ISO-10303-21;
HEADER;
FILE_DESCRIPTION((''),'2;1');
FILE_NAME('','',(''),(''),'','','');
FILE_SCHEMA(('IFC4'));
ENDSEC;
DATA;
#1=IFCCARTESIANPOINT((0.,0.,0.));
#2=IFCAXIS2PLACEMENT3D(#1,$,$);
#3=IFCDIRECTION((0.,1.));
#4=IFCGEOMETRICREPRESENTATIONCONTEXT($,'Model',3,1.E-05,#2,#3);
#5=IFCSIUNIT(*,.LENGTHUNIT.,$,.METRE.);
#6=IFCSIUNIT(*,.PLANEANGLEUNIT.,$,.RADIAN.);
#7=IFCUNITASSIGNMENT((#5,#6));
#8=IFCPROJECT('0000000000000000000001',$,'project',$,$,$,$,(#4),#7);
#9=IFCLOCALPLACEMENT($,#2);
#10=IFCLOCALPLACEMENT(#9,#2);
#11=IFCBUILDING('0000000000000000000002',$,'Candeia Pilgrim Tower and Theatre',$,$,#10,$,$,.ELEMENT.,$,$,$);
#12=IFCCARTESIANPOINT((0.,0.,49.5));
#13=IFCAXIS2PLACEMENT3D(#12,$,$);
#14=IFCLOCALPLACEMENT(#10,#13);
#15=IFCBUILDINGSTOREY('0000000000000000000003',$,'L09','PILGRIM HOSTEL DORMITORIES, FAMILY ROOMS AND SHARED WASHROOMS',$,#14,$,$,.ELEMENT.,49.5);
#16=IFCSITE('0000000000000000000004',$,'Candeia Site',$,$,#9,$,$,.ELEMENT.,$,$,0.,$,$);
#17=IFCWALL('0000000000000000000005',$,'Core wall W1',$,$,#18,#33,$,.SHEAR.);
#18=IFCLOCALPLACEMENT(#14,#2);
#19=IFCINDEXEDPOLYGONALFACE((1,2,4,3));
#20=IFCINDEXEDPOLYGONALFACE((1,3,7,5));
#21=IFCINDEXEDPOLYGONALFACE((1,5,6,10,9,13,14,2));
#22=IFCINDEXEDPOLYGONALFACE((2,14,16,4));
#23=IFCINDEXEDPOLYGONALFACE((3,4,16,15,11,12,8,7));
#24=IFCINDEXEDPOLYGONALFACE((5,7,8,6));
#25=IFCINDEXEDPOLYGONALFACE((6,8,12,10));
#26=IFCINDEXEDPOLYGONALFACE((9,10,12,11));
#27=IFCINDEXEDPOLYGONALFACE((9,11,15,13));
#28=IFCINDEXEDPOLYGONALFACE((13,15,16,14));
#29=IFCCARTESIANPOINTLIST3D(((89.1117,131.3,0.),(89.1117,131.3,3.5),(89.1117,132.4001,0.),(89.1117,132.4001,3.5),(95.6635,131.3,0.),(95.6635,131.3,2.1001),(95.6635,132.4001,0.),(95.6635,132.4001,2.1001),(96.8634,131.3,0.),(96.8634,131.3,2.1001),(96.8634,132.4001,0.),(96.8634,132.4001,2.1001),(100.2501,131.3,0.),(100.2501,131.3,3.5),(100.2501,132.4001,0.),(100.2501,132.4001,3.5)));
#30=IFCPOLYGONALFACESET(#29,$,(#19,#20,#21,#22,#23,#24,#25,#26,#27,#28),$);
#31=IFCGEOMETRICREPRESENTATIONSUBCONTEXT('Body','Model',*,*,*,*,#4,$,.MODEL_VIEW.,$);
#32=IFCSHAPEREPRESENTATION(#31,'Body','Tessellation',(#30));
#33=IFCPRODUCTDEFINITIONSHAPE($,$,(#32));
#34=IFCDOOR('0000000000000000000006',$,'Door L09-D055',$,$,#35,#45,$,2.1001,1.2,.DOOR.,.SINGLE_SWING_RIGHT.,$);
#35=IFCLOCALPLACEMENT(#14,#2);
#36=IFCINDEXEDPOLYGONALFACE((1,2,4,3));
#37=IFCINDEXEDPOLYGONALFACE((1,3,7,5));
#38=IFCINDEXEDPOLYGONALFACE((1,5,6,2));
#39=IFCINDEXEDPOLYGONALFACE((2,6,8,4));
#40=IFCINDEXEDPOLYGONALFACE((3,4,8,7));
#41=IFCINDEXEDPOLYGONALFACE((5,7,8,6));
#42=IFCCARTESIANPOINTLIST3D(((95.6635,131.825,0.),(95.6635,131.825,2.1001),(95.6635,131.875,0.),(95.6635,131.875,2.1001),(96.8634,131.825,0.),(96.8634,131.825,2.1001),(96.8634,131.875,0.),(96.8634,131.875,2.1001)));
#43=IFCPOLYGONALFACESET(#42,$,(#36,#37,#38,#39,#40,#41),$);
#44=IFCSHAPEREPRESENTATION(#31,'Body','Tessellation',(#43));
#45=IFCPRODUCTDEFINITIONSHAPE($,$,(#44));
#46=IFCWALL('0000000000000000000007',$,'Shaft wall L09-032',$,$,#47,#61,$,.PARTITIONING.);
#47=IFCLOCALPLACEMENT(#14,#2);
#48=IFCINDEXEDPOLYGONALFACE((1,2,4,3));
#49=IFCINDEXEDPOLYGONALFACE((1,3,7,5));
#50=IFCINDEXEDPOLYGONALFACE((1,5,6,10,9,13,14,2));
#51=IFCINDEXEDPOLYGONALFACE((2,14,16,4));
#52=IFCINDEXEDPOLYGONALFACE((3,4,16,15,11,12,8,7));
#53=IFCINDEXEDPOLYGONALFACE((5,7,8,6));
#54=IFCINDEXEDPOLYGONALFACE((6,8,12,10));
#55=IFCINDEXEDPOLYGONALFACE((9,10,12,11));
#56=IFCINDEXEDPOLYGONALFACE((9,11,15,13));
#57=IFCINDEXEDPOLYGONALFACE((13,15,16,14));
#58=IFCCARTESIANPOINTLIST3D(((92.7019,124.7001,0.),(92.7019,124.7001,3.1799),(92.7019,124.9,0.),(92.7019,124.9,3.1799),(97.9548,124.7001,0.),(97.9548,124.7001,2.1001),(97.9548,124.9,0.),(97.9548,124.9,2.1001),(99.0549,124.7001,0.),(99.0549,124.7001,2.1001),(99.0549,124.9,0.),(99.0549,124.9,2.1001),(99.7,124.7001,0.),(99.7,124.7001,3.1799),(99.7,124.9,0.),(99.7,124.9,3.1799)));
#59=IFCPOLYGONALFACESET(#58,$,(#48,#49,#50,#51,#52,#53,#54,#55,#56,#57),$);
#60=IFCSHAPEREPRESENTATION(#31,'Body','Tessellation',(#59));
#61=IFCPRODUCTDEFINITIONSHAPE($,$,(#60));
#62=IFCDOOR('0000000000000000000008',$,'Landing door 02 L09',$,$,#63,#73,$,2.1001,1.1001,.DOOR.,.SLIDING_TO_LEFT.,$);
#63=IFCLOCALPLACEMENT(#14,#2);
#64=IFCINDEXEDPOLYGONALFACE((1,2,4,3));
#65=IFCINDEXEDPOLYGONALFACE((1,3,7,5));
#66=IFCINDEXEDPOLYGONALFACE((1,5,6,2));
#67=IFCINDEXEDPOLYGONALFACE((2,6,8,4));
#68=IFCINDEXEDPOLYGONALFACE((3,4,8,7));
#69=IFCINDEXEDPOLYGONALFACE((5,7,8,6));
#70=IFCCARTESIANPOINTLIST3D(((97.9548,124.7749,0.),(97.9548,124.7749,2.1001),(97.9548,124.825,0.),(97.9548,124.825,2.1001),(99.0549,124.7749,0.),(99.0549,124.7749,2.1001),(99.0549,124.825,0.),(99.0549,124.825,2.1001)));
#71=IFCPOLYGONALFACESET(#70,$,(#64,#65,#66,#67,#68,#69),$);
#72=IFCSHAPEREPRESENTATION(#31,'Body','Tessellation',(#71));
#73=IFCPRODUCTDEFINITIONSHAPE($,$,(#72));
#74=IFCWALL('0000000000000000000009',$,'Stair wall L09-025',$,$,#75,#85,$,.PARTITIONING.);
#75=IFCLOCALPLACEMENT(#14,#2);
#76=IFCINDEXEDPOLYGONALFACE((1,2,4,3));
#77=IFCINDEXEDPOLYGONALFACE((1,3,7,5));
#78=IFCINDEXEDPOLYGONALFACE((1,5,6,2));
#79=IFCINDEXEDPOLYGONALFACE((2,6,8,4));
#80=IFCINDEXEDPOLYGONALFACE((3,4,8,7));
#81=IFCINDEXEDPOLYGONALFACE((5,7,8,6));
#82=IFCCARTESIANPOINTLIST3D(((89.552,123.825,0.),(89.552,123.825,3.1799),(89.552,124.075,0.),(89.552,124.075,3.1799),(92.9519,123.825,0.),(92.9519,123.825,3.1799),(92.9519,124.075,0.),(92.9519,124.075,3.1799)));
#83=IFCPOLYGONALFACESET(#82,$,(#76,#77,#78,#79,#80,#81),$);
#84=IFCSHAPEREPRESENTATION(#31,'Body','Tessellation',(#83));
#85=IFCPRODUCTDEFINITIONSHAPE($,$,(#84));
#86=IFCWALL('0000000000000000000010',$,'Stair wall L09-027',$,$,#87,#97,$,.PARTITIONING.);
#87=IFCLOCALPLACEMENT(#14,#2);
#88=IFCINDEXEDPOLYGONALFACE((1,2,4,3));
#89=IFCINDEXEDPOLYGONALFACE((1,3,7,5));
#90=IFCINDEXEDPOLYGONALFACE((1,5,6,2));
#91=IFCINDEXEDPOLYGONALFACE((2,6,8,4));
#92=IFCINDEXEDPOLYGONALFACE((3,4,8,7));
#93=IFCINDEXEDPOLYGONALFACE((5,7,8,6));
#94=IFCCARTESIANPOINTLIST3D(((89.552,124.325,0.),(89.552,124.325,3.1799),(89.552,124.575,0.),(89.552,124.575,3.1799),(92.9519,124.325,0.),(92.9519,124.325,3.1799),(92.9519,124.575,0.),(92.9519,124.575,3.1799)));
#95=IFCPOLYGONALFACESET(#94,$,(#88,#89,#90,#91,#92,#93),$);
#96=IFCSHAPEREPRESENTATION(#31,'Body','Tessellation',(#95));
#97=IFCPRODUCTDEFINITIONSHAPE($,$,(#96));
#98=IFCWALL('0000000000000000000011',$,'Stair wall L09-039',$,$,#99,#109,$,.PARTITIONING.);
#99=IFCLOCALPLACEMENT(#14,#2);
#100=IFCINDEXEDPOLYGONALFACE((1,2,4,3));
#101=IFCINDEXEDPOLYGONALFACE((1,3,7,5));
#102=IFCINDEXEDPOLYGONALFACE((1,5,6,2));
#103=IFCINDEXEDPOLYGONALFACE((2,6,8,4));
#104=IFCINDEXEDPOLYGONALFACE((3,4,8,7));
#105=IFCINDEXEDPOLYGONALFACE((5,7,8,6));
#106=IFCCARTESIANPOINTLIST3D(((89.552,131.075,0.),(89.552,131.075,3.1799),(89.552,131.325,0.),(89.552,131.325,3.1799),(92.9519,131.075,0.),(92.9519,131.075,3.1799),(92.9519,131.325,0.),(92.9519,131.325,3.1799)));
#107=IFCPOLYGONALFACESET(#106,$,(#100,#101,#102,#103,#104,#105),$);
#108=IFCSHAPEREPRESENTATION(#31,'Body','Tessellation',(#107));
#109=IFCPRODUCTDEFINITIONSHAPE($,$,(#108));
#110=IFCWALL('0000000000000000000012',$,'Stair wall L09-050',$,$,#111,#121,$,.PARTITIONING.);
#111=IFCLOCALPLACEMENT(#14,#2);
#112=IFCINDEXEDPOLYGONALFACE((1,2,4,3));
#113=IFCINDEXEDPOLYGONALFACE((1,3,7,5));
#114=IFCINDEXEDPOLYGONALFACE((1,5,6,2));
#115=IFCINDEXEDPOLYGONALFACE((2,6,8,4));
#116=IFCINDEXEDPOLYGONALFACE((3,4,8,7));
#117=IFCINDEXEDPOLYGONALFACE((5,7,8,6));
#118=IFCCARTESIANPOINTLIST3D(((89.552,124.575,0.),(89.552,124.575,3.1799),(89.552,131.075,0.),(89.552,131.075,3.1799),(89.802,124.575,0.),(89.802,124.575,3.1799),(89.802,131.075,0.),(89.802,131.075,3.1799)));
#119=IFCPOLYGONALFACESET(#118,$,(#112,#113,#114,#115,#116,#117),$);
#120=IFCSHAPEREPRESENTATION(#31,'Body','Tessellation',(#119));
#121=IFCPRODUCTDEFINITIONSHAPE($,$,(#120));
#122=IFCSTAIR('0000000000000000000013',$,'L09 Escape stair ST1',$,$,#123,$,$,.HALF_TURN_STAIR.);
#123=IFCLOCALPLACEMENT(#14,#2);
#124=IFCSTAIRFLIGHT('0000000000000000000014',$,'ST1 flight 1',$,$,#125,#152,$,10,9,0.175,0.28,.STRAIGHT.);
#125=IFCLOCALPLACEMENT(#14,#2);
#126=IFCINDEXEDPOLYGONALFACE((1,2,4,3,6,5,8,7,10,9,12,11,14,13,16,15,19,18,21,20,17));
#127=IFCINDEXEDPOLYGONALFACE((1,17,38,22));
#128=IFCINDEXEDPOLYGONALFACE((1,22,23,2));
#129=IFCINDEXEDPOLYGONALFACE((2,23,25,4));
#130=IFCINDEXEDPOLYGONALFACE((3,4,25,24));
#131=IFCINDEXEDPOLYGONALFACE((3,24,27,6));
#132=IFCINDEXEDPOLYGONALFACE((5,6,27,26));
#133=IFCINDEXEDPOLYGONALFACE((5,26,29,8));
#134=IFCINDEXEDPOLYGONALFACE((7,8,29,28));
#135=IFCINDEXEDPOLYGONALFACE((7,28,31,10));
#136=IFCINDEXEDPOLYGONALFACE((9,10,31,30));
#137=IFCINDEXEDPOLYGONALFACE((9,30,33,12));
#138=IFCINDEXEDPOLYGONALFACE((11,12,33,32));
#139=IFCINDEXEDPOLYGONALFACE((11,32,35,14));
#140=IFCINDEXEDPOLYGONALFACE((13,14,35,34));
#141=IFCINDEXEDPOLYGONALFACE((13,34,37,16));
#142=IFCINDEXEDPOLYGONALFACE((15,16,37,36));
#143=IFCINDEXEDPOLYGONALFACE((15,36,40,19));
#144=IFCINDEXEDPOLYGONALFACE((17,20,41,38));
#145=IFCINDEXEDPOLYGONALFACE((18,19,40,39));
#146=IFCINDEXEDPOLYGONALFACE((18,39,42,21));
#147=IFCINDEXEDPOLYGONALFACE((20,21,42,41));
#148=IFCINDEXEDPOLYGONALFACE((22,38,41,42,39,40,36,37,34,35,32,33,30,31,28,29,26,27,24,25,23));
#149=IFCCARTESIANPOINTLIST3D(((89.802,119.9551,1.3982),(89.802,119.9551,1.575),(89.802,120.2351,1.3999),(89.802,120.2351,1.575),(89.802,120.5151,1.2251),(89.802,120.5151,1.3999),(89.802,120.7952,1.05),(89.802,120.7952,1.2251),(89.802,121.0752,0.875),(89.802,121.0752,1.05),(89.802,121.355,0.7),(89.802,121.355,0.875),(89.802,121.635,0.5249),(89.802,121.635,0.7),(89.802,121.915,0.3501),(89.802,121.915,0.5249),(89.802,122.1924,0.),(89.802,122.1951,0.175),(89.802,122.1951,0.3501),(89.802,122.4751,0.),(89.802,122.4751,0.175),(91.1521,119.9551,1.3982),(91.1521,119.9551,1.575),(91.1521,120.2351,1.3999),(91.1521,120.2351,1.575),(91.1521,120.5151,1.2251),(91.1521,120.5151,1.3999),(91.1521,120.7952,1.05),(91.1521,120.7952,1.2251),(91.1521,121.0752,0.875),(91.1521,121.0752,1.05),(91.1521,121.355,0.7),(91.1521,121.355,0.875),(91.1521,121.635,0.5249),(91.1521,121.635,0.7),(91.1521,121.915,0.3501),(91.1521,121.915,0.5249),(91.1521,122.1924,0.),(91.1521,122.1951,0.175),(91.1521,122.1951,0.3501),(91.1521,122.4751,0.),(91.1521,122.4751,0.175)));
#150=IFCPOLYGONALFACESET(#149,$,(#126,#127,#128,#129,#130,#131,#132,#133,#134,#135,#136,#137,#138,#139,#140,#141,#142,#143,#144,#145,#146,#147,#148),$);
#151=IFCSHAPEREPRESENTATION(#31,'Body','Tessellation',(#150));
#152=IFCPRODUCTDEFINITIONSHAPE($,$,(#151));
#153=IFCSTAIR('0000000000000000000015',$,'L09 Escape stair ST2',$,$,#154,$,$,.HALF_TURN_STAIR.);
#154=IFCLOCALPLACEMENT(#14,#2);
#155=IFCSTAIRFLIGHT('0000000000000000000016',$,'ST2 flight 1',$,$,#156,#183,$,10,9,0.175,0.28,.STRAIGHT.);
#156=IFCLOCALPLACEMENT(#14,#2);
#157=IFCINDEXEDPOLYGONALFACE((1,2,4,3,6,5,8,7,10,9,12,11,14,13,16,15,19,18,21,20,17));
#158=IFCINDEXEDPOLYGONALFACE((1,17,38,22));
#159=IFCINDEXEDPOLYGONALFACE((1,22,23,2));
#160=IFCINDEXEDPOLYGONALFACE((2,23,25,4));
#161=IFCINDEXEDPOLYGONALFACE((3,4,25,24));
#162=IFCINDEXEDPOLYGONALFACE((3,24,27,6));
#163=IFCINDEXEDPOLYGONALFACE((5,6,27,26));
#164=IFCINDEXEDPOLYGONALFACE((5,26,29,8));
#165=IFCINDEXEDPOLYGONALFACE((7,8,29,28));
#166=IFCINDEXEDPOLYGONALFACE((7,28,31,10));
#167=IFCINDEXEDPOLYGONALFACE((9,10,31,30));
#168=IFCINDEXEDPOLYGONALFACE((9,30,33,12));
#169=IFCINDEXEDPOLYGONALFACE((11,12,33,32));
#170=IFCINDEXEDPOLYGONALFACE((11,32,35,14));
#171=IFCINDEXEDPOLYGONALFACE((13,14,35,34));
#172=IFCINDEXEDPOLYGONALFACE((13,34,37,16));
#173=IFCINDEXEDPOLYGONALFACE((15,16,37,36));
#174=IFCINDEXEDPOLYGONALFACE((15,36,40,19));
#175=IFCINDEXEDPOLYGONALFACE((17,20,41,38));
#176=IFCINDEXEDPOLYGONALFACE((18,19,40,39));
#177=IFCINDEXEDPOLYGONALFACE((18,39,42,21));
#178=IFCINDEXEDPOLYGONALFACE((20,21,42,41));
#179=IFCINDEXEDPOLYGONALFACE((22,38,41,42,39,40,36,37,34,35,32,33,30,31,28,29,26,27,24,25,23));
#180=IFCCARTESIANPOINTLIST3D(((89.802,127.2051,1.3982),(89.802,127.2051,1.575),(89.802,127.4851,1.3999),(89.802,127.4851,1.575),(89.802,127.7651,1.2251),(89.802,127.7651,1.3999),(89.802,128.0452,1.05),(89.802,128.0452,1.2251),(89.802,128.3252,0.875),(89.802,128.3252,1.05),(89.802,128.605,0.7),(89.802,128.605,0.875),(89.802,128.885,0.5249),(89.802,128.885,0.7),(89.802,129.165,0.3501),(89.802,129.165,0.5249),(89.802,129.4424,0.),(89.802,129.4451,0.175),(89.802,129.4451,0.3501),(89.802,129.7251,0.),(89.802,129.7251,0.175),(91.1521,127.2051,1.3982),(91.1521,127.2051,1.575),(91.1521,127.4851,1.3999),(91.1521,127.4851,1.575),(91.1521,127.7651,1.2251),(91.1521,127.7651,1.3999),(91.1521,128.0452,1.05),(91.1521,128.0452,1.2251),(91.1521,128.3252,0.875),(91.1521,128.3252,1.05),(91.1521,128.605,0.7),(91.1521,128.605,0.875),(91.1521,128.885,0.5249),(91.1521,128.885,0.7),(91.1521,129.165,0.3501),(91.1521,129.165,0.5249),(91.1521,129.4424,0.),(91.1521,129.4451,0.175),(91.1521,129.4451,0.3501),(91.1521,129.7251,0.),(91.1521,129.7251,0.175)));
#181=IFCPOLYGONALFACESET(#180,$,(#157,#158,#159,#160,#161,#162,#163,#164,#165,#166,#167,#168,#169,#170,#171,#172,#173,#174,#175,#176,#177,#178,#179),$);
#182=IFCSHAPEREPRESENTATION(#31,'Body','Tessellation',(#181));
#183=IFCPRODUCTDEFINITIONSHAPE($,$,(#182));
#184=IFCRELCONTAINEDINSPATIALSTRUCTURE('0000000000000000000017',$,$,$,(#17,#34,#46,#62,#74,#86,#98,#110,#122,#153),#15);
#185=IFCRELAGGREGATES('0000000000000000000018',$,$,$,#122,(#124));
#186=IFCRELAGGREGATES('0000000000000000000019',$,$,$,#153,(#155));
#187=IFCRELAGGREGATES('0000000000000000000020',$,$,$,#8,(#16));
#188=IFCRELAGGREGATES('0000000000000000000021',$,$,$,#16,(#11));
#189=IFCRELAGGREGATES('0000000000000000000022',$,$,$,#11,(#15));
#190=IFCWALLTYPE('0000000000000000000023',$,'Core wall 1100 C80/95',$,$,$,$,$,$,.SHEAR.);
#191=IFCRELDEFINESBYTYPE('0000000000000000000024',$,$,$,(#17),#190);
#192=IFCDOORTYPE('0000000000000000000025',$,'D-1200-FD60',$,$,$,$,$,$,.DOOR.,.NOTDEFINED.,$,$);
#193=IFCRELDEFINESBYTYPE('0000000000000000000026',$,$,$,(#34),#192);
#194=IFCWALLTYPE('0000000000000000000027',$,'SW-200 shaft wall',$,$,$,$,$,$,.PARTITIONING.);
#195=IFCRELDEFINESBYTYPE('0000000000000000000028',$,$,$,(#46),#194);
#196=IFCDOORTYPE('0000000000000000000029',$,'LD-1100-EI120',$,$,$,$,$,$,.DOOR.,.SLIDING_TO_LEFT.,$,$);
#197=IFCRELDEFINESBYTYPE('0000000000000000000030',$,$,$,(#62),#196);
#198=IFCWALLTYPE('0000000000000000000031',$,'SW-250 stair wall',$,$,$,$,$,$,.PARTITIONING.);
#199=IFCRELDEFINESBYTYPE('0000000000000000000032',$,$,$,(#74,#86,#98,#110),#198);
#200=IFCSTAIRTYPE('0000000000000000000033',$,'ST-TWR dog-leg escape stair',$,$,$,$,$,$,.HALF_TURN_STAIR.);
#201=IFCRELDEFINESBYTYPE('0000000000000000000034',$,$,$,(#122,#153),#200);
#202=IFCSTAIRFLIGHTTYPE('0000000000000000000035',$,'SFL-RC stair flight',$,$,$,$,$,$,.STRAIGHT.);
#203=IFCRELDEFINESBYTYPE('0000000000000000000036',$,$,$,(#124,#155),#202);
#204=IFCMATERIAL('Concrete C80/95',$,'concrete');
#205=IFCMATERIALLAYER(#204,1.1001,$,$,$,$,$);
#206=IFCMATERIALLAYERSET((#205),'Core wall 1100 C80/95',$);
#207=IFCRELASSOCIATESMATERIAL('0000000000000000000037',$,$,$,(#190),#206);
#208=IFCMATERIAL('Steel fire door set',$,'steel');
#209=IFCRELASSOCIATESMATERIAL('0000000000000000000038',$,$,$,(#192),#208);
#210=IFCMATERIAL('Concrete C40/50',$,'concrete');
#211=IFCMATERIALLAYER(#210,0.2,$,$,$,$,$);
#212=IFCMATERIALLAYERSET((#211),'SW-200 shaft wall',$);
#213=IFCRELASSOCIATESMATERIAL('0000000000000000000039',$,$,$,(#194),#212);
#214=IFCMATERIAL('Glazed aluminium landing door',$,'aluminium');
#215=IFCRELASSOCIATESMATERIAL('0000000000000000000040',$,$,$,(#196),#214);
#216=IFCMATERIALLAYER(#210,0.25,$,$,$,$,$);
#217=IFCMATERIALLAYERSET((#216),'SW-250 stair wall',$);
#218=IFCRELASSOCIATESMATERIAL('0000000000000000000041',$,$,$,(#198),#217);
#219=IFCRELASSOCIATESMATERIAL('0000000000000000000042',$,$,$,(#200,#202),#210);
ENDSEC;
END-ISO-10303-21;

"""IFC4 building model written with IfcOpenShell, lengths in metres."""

from ifc_helpers import new_model, si_unit, direction, frame, frame_2d, origin, place, context, subcontext, project, spatial, polyline, rectangle, outline, extrude, material, layer, layer_set, type_object, element, fill, aggregate, save


model = new_model("IFC4")

# Units and contexts
model_context = context("Model", 3, precision=1e-05, world=origin(), true_north=direction((0.0, 1.0)))
body_context = subcontext(model_context, "Body", "Model", "MODEL_VIEW")
ifc_project = project(units=[si_unit("LENGTHUNIT", "METRE"), si_unit("PLANEANGLEUNIT", "RADIAN")], contexts=[model_context])

# Site, building, storey
site_placement = place(None, origin())
site = spatial("IfcSite", under=ifc_project, at=site_placement, Name="Candeia Site", CompositionType="ELEMENT", RefElevation=0.0)
building_placement = place(site_placement, origin())
building = spatial("IfcBuilding", under=site, at=building_placement, Name="Candeia Pilgrim Tower and Theatre", CompositionType="ELEMENT")
storey_placement = place(building_placement, frame((0.0, 0.0, 49.5)))
storey = spatial("IfcBuildingStorey", under=building, at=storey_placement, Name="L09", Description="PILGRIM HOSTEL DORMITORIES, FAMILY ROOMS AND SHARED WASHROOMS", CompositionType="ELEMENT", Elevation=49.5)

# Walls, openings, doors
ifc_material_1 = material(Name="Concrete C80/95", Category="concrete")
ifc_layer_1 = layer(ifc_material_1, 1.1001)
ifc_layer_set_1 = layer_set([ifc_layer_1], Name="Core wall 1100 C80/95")
wall_type_1 = type_object("IfcWallType", Name="Core wall 1100 C80/95", PredefinedType="SHEAR", material=ifc_layer_set_1)
wall_1_placement = place(storey_placement, frame((89.1116, 131.8501, 0.0), z_axis=(0.0, 0.0, 1.0), x_axis=(1.0, 0.0, 0.0)))
wall_1 = element("IfcWall", 1, at=wall_1_placement, inside=storey, type_object=wall_type_1, Name="Core wall W1", PredefinedType="SHEAR", context=body_context, shape_type="SweptSolid", body=[
    extrude(rectangle(XDim=11.1384, YDim=1.1001, at=frame_2d((5.5693, 0.0))), origin(), (0.0, 0.0, 1.0), 3.5),
])
opening_1_placement = place(wall_1_placement, frame((6.5518, 0.0, 0.0)))
opening_1 = element("IfcOpeningElement", 2, at=opening_1_placement, cuts=wall_1, PredefinedType="OPENING", context=body_context, shape_type="SweptSolid", body=[
    extrude(rectangle(XDim=1.2, YDim=2.1001, at=frame_2d((0.6001, 1.05))), frame((0.0, 0.5601, 0.0), z_axis=(0.0, -1.0, 0.0), x_axis=(1.0, 0.0, 0.0)), (0.0, 0.0, 1.0), 1.1201),
])
ifc_material_2 = material(Name="Steel fire door set", Category="steel")
door_type_1 = type_object("IfcDoorType", Name="D-1200-FD60", OperationType="NOTDEFINED", PredefinedType="DOOR", material=ifc_material_2)
door_1_placement = place(opening_1_placement, origin())
door_1 = element("IfcDoor", 3, at=door_1_placement, inside=storey, type_object=door_type_1, Name="Door L09-D055", OperationType="SINGLE_SWING_RIGHT", OverallHeight=2.1001, OverallWidth=1.2, PredefinedType="DOOR", context=body_context, shape_type="SweptSolid", body=[
    extrude(rectangle(XDim=1.2, YDim=2.1001, at=frame_2d((0.6001, 1.05))), frame((0.0, 0.0249, 0.0), z_axis=(0.0, -1.0, 0.0), x_axis=(1.0, 0.0, 0.0)), (0.0, 0.0, 1.0), 0.05),
])
fill(opening_1, door_1)
ifc_material_3 = material(Name="Concrete C40/50", Category="concrete")
ifc_layer_2 = layer(ifc_material_3, 0.2)
ifc_layer_set_2 = layer_set([ifc_layer_2], Name="SW-200 shaft wall")
wall_type_2 = type_object("IfcWallType", Name="SW-200 shaft wall", PredefinedType="PARTITIONING", material=ifc_layer_set_2)
wall_2_placement = place(storey_placement, frame((92.7019, 124.8, 0.0), z_axis=(0.0, 0.0, 1.0), x_axis=(1.0, 0.0, 0.0)))
wall_2 = element("IfcWall", 4, at=wall_2_placement, inside=storey, type_object=wall_type_2, Name="Shaft wall L09-032", PredefinedType="PARTITIONING", context=body_context, shape_type="SweptSolid", body=[
    extrude(rectangle(XDim=6.998, YDim=0.2, at=frame_2d((3.499, 0.0))), origin(), (0.0, 0.0, 1.0), 3.1799),
])
opening_2_placement = place(wall_2_placement, frame((5.2529, 0.0, 0.0)))
opening_2 = element("IfcOpeningElement", 5, at=opening_2_placement, cuts=wall_2, PredefinedType="OPENING", context=body_context, shape_type="SweptSolid", body=[
    extrude(rectangle(XDim=1.1001, YDim=2.1001, at=frame_2d((0.55, 1.05))), frame((0.0, 0.1099, 0.0), z_axis=(0.0, -1.0, 0.0), x_axis=(1.0, 0.0, 0.0)), (0.0, 0.0, 1.0), 0.22),
])
ifc_material_4 = material(Name="Glazed aluminium landing door", Category="aluminium")
door_type_2 = type_object("IfcDoorType", Name="LD-1100-EI120", OperationType="SLIDING_TO_LEFT", PredefinedType="DOOR", material=ifc_material_4)
door_2_placement = place(opening_2_placement, origin())
door_2 = element("IfcDoor", 6, at=door_2_placement, inside=storey, type_object=door_type_2, Name="Landing door 02 L09", OperationType="SLIDING_TO_LEFT", OverallHeight=2.1001, OverallWidth=1.1001, PredefinedType="DOOR", context=body_context, shape_type="SweptSolid", body=[
    extrude(rectangle(XDim=1.1001, YDim=2.1001, at=frame_2d((0.55, 1.05))), frame((0.0, 0.0249, 0.0), z_axis=(0.0, -1.0, 0.0), x_axis=(1.0, 0.0, 0.0)), (0.0, 0.0, 1.0), 0.05),
])
fill(opening_2, door_2)

# Walls
ifc_layer_3 = layer(ifc_material_3, 0.25)
ifc_layer_set_3 = layer_set([ifc_layer_3], Name="SW-250 stair wall")
wall_type_3 = type_object("IfcWallType", Name="SW-250 stair wall", PredefinedType="PARTITIONING", material=ifc_layer_set_3)
for number, where, z_axis, x_axis, name in (
    (7, (89.552, 123.95, 0.0), (0.0, 0.0, 1.0), (1.0, 0.0, 0.0), "Stair wall L09-025"),
    (8, (89.552, 124.45, 0.0), (0.0, 0.0, 1.0), (1.0, 0.0, 0.0), "Stair wall L09-027"),
    (9, (89.552, 131.2, 0.0), (0.0, 0.0, 1.0), (1.0, 0.0, 0.0), "Stair wall L09-039"),
):
    element("IfcWall", number, at=place(storey_placement, frame(where, z_axis=z_axis, x_axis=x_axis)), inside=storey, type_object=wall_type_3, Name=name, PredefinedType="PARTITIONING", context=body_context, shape_type="SweptSolid", body=[
        extrude(rectangle(XDim=3.3999, YDim=0.25, at=frame_2d((1.7, 0.0))), origin(), (0.0, 0.0, 1.0), 3.1799),
    ])
wall_3_placement = place(storey_placement, frame((89.677, 124.575, 0.0), z_axis=(0.0, 0.0, 1.0), x_axis=(0.0, 1.0, 0.0)))
element("IfcWall", 10, at=wall_3_placement, inside=storey, type_object=wall_type_3, Name="Stair wall L09-050", PredefinedType="PARTITIONING", context=body_context, shape_type="SweptSolid", body=[
    extrude(rectangle(XDim=6.5, YDim=0.25, at=frame_2d((3.25, 0.0))), origin(), (0.0, 0.0, 1.0), 3.1799),
])

# Stair, stair flight
stair_type = type_object("IfcStairType", Name="ST-TWR dog-leg escape stair", PredefinedType="HALF_TURN_STAIR", material=ifc_material_3)
stair_1_placement = place(storey_placement, origin())
stair_1 = element("IfcStair", 11, at=stair_1_placement, inside=storey, type_object=stair_type, Name="L09 Escape stair ST1", PredefinedType="HALF_TURN_STAIR")
stair_flight_type = type_object("IfcStairFlightType", Name="SFL-RC stair flight", PredefinedType="STRAIGHT", material=ifc_material_3)
stair_flight_1_placement = place(storey_placement, frame((90.4771, 122.4751, 0.0), z_axis=(0.0, 0.0, 1.0), x_axis=(0.0, -1.0, 0.0)))
stair_flight_1 = element("IfcStairFlight", 12, at=stair_flight_1_placement, type_object=stair_flight_type, Name="ST1 flight 1", NumberOfRisers=10, NumberOfTreads=9, PredefinedType="STRAIGHT", RiserHeight=0.175, TreadLength=0.28, context=body_context, shape_type="SweptSolid", body=[
    extrude(outline(polyline([(0.0, 0.0), (0.0, 0.175), (0.28, 0.175), (0.28, 0.3501), (0.5601, 0.3501), (0.5601, 0.5249), (0.8401, 0.5249), (0.8401, 0.7), (1.1201, 0.7), (1.1201, 0.875), (1.3999, 0.875), (1.3999, 1.05), (1.6799, 1.05), (1.6799, 1.2251), (1.96, 1.2251), (1.96, 1.3999), (2.24, 1.3999), (2.24, 1.575), (2.52, 1.575), (2.52, 1.75), (2.52, 1.3982), (0.2827, 0.0), (0.0, 0.0)])), frame((0.0, 0.675, 0.0), z_axis=(0.0, -1.0, 0.0), x_axis=(1.0, 0.0, 0.0)), (0.0, 0.0, 1.0), 1.3501),
])
aggregate(stair_1, [stair_flight_1])

# Stair, stair flight
stair_2_placement = place(storey_placement, origin())
stair_2 = element("IfcStair", 13, at=stair_2_placement, inside=storey, type_object=stair_type, Name="L09 Escape stair ST2", PredefinedType="HALF_TURN_STAIR")
stair_flight_2_placement = place(storey_placement, frame((90.4771, 129.7251, 0.0), z_axis=(0.0, 0.0, 1.0), x_axis=(0.0, -1.0, 0.0)))
stair_flight_2 = element("IfcStairFlight", 14, at=stair_flight_2_placement, type_object=stair_flight_type, Name="ST2 flight 1", NumberOfRisers=10, NumberOfTreads=9, PredefinedType="STRAIGHT", RiserHeight=0.175, TreadLength=0.28, context=body_context, shape_type="SweptSolid", body=[
    extrude(outline(polyline([(0.0, 0.0), (0.0, 0.175), (0.28, 0.175), (0.28, 0.3501), (0.5601, 0.3501), (0.5601, 0.5249), (0.8401, 0.5249), (0.8401, 0.7), (1.1201, 0.7), (1.1201, 0.875), (1.3999, 0.875), (1.3999, 1.05), (1.6799, 1.05), (1.6799, 1.2251), (1.96, 1.2251), (1.96, 1.3999), (2.24, 1.3999), (2.24, 1.575), (2.52, 1.575), (2.52, 1.75), (2.52, 1.3982), (0.2827, 0.0), (0.0, 0.0)])), frame((0.0, 0.675, 0.0), z_axis=(0.0, -1.0, 0.0), x_axis=(1.0, 0.0, 0.0)), (0.0, 0.0, 1.0), 1.3501),
])
aggregate(stair_2, [stair_flight_2])

save(model, "model.ifc")
